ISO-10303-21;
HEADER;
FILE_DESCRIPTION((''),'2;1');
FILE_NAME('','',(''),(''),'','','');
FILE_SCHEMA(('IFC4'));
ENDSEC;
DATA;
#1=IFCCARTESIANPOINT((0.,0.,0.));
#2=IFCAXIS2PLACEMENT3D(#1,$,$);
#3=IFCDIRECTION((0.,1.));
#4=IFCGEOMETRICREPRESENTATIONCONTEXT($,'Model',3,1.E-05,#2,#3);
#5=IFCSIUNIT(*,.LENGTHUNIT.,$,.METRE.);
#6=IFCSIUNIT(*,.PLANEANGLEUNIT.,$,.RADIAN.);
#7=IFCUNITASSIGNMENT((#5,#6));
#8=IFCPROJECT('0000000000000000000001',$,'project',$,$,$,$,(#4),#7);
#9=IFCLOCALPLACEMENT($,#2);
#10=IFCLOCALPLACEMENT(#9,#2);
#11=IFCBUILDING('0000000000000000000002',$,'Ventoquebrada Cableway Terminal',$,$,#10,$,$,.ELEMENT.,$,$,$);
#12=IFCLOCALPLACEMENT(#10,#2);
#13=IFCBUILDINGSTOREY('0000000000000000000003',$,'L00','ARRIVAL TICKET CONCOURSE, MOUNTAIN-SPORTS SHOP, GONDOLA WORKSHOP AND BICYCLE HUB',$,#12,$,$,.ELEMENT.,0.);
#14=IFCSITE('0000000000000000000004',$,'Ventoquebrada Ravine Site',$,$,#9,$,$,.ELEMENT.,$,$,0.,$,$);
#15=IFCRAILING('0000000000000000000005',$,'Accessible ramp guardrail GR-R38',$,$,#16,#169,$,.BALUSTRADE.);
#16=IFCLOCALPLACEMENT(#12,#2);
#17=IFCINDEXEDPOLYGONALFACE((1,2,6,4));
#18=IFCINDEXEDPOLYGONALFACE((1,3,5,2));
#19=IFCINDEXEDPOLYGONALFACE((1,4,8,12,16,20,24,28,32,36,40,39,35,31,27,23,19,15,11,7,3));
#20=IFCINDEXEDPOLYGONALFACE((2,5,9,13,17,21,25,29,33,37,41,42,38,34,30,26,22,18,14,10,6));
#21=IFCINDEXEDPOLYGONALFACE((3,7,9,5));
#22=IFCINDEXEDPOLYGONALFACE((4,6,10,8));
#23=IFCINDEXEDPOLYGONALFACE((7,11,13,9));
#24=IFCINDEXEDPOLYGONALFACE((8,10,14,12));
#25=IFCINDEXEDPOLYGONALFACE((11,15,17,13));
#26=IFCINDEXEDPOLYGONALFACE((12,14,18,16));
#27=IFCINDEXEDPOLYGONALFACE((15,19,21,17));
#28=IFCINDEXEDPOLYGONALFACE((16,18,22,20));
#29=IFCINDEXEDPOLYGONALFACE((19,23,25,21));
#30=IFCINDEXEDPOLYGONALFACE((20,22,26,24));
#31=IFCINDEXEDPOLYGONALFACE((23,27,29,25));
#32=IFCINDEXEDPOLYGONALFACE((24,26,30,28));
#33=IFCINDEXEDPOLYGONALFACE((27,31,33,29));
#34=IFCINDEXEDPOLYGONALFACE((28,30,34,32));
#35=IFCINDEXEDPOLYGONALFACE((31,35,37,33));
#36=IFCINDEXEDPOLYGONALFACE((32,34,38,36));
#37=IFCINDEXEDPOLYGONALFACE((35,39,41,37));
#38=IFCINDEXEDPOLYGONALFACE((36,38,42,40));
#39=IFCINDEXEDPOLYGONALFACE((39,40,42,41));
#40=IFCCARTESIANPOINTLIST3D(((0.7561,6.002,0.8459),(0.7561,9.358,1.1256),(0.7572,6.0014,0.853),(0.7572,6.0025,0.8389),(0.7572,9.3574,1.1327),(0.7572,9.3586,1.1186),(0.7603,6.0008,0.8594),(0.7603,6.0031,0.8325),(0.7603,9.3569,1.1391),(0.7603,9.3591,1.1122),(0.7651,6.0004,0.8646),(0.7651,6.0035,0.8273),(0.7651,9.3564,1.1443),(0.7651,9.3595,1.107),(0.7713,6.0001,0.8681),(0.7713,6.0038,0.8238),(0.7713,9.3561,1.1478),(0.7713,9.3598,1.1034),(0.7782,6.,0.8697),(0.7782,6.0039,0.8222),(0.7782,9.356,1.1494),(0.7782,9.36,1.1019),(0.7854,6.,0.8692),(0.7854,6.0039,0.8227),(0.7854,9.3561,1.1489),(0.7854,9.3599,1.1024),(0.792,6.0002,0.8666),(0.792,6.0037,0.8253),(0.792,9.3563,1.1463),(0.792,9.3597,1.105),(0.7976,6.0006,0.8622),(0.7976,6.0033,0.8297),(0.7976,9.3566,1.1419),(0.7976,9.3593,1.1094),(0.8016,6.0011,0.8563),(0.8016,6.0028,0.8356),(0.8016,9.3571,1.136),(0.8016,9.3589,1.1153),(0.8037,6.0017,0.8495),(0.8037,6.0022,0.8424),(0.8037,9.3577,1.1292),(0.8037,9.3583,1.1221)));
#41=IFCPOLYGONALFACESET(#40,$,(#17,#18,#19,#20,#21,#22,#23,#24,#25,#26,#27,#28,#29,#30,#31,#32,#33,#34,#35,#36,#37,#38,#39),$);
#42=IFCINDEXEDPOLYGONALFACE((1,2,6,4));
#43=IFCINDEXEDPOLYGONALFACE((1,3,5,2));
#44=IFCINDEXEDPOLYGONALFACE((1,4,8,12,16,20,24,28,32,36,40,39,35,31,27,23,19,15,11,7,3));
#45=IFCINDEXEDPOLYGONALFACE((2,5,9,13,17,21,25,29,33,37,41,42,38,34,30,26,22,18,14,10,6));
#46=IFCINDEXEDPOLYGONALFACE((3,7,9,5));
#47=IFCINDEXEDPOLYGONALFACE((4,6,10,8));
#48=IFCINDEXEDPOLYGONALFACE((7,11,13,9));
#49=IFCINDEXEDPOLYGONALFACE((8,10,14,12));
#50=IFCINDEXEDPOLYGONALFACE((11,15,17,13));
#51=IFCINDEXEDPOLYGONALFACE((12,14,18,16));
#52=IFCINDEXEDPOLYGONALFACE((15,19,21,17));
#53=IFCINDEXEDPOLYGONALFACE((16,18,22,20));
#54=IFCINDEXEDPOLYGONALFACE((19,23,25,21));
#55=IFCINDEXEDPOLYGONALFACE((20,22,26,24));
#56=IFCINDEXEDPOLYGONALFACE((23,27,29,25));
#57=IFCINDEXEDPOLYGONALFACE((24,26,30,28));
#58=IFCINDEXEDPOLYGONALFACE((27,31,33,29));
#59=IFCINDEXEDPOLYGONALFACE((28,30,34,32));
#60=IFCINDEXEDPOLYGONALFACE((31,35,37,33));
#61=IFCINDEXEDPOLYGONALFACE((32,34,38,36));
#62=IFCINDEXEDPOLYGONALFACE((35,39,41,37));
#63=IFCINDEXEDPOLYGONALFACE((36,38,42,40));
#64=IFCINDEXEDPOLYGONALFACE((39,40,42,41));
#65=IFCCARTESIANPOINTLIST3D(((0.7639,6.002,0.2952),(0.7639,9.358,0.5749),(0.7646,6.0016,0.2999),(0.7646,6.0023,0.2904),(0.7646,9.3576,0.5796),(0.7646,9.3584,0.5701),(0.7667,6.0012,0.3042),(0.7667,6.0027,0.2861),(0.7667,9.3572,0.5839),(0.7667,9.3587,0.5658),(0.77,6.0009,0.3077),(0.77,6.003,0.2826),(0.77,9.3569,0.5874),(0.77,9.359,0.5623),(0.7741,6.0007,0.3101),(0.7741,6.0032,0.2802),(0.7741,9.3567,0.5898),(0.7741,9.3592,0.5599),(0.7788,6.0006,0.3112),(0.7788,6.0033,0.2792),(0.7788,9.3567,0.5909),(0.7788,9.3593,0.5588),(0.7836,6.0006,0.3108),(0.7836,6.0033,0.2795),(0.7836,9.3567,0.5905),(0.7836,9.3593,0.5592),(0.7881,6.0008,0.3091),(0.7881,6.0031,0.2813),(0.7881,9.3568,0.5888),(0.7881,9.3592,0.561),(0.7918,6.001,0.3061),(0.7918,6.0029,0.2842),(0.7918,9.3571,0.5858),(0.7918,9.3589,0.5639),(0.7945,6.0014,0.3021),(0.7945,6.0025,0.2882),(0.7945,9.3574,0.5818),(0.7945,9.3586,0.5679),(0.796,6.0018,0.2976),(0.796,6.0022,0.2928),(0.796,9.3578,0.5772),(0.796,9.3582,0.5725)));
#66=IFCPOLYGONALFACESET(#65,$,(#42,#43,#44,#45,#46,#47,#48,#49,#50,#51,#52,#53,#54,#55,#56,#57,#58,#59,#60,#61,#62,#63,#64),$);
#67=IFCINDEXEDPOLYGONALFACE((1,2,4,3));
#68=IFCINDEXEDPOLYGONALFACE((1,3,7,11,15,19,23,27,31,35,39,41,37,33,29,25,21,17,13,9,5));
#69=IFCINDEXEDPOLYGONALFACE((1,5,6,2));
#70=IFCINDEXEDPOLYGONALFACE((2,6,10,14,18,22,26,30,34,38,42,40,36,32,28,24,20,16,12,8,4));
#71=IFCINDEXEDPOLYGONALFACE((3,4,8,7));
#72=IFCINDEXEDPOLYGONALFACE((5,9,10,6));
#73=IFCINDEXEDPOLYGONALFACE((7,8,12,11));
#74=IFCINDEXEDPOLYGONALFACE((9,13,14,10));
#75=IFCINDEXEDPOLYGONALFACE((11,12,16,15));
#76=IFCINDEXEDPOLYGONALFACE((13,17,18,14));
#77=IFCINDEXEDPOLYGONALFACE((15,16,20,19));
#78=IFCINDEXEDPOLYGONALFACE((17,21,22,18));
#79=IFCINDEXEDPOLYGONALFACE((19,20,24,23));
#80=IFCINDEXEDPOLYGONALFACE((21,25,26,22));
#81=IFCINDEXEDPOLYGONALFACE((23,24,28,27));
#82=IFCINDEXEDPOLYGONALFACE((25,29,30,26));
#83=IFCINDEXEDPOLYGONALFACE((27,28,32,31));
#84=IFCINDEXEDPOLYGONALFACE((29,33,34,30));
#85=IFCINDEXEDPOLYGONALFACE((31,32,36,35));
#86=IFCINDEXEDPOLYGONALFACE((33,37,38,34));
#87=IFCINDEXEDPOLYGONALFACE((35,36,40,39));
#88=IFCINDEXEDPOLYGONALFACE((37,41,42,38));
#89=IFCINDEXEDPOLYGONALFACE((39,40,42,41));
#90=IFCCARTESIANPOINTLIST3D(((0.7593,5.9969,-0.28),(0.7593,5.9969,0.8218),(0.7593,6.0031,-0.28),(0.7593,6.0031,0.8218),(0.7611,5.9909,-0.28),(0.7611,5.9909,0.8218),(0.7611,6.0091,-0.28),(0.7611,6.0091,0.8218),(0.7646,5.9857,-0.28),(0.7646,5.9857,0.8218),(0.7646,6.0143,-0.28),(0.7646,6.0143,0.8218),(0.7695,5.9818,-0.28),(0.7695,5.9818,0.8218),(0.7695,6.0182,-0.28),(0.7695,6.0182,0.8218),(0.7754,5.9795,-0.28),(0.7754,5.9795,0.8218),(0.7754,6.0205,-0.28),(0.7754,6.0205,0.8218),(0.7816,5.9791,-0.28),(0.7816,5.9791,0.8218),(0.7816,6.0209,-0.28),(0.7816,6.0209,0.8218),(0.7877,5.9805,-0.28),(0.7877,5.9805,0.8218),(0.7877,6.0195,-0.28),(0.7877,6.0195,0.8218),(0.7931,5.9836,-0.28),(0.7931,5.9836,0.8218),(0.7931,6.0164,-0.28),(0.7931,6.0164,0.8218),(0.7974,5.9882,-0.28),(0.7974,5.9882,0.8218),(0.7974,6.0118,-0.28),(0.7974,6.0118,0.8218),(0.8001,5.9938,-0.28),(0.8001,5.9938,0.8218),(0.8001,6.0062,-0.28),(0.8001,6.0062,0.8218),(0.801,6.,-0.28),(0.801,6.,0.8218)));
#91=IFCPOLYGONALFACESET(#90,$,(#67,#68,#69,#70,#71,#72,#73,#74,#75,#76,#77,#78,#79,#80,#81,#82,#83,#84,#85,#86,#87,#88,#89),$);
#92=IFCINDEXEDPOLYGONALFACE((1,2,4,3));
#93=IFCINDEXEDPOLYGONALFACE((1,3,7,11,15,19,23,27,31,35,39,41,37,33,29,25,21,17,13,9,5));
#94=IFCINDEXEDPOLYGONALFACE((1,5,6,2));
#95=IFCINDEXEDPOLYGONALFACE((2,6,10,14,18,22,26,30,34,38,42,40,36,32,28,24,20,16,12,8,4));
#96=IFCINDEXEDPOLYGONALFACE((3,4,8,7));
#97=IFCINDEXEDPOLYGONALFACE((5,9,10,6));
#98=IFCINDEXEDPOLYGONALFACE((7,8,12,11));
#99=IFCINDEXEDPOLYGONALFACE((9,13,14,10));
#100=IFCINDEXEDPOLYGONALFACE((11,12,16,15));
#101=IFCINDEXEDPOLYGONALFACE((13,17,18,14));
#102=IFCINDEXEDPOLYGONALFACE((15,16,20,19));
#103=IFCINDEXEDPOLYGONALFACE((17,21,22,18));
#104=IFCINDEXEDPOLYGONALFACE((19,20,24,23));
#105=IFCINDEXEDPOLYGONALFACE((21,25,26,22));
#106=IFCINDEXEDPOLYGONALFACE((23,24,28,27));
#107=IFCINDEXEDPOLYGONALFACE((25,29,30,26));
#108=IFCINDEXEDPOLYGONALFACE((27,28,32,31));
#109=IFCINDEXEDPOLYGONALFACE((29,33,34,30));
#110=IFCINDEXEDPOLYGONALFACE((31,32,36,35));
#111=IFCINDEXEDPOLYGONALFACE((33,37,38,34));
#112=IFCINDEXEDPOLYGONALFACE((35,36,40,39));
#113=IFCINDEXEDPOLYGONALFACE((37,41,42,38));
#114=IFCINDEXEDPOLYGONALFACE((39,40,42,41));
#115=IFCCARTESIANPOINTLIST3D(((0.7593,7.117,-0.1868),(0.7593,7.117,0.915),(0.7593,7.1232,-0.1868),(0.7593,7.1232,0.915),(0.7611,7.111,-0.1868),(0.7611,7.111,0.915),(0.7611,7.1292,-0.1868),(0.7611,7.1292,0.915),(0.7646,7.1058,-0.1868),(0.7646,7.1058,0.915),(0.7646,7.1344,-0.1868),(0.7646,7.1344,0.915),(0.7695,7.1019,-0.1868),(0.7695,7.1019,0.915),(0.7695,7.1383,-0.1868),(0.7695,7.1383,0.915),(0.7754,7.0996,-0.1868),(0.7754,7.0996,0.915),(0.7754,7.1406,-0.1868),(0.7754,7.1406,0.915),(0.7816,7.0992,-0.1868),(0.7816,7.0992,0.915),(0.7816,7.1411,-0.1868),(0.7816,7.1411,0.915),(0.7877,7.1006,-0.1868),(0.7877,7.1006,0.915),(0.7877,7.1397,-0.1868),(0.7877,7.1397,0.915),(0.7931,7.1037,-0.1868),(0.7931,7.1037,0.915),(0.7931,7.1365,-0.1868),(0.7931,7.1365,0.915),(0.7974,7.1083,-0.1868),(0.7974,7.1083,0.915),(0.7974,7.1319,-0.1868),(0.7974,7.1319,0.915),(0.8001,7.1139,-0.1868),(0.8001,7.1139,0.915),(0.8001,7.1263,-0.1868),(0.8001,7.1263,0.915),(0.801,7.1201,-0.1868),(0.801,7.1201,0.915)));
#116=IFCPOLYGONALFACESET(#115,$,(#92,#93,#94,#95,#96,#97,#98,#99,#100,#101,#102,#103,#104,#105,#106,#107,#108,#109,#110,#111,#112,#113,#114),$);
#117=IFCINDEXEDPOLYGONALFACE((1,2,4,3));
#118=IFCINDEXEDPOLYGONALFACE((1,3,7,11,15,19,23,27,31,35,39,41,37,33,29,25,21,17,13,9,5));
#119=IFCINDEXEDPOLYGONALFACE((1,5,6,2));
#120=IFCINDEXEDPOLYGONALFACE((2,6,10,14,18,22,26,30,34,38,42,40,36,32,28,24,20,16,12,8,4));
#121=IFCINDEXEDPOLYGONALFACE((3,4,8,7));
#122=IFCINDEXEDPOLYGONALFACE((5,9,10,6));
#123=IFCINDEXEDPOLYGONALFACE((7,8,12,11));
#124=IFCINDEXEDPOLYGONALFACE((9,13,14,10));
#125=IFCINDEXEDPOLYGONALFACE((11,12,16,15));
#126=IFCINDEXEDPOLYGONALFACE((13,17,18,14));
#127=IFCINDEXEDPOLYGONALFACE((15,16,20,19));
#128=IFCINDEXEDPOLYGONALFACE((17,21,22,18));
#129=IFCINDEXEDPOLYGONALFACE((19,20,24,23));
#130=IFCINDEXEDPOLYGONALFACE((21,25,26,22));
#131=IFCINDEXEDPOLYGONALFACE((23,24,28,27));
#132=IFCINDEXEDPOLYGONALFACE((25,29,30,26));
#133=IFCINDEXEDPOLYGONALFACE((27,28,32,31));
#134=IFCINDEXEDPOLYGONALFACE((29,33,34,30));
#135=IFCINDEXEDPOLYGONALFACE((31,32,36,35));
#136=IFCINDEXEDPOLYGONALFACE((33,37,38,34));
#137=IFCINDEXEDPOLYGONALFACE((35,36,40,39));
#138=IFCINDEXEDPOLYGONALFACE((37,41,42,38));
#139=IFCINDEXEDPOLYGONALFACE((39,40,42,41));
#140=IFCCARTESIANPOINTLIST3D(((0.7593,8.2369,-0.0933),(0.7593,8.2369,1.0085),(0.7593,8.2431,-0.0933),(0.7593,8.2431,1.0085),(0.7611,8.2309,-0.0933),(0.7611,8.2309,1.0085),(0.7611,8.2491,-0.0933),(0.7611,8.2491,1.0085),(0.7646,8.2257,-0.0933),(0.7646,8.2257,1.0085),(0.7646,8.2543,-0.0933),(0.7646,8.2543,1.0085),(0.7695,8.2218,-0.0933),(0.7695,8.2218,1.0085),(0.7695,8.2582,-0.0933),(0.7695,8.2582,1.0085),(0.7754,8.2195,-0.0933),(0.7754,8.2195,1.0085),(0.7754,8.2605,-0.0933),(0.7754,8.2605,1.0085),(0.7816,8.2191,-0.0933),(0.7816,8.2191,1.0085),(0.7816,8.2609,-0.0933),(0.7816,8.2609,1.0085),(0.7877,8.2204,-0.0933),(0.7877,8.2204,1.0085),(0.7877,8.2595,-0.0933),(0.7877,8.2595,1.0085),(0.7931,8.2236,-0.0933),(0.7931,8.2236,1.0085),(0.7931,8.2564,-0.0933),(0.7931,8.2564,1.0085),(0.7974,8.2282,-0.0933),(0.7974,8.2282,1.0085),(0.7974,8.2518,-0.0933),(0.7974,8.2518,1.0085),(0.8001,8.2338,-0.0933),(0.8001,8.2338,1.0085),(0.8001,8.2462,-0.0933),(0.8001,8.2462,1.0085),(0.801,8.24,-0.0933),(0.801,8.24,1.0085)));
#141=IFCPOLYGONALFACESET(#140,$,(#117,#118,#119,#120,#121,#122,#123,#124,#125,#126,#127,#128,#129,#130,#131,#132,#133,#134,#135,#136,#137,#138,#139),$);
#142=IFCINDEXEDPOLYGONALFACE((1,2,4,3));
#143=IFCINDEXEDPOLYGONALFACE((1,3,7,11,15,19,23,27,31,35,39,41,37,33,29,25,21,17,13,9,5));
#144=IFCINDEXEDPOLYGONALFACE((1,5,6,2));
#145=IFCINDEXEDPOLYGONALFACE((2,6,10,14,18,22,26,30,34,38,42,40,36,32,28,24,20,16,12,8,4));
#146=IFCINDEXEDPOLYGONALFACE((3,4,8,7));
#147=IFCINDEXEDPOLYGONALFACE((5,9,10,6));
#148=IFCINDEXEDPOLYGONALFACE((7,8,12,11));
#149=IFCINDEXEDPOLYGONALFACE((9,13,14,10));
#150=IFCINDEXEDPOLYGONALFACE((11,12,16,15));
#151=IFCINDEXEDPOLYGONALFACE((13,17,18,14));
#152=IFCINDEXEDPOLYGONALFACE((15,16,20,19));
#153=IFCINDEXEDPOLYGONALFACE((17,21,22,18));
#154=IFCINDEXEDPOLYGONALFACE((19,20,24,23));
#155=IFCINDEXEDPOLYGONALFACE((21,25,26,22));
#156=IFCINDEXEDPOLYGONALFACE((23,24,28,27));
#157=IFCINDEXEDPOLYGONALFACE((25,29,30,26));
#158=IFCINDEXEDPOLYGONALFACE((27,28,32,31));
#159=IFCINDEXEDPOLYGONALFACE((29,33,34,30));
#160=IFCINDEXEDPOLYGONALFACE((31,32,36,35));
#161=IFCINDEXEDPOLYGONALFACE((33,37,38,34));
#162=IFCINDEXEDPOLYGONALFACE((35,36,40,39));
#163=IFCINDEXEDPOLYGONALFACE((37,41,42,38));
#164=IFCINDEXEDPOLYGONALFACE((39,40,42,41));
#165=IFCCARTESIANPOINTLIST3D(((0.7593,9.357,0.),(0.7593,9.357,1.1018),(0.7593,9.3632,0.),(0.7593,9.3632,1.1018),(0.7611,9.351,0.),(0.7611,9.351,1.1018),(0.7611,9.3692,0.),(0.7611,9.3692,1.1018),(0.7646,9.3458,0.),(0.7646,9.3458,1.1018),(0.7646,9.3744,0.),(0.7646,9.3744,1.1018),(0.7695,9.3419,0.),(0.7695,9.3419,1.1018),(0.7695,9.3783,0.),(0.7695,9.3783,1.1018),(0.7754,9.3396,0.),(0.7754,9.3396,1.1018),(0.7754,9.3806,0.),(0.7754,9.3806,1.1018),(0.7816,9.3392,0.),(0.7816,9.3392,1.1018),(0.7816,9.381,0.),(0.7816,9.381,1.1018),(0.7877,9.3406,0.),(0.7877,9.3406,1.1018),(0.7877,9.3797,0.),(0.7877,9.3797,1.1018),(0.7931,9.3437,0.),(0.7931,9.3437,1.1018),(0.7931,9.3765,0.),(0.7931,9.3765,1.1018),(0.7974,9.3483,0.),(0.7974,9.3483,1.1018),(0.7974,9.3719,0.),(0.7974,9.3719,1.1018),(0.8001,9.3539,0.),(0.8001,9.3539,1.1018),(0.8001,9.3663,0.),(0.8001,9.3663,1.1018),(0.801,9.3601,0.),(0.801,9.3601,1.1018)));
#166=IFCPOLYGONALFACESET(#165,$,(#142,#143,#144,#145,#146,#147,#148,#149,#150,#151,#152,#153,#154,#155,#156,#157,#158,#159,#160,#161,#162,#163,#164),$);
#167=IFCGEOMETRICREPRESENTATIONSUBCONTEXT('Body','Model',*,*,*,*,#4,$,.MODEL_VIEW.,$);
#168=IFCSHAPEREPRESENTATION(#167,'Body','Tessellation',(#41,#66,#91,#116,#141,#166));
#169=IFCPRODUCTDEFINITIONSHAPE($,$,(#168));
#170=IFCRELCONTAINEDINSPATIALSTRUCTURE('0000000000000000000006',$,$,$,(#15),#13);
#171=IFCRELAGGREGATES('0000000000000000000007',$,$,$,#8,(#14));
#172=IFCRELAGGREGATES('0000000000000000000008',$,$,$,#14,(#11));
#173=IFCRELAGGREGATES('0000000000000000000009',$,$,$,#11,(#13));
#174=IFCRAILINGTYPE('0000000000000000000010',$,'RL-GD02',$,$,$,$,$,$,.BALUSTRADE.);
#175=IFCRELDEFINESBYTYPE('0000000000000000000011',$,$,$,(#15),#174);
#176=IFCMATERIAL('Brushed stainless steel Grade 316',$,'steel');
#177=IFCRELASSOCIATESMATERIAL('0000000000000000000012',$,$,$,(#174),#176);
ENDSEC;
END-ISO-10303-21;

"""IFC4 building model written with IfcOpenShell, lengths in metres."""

from ifc_helpers import new_model, si_unit, direction, frame, origin, origin_2d, place, context, subcontext, project, spatial, circle, extrude, material, type_object, element, save


model = new_model("IFC4")

# Units and contexts
model_context = context("Model", 3, precision=1e-05, world=origin(), true_north=direction((0.0, 1.0)))
body_context = subcontext(model_context, "Body", "Model", "MODEL_VIEW")
ifc_project = project(units=[si_unit("LENGTHUNIT", "METRE"), si_unit("PLANEANGLEUNIT", "RADIAN")], contexts=[model_context])

# Site, building, storey
site_placement = place(None, origin())
site = spatial("IfcSite", under=ifc_project, at=site_placement, Name="Ventoquebrada Ravine Site", CompositionType="ELEMENT", RefElevation=0.0)
building_placement = place(site_placement, origin())
building = spatial("IfcBuilding", under=site, at=building_placement, Name="Ventoquebrada Cableway Terminal", CompositionType="ELEMENT")
storey_placement = place(building_placement, origin())
storey = spatial("IfcBuildingStorey", under=building, at=storey_placement, Name="L00", Description="ARRIVAL TICKET CONCOURSE, MOUNTAIN-SPORTS SHOP, GONDOLA WORKSHOP AND BICYCLE HUB", CompositionType="ELEMENT", Elevation=0.0)

# Railing
ifc_material_1 = material(Name="Brushed stainless steel Grade 316", Category="steel")
railing_type = type_object("IfcRailingType", Name="RL-GD02", PredefinedType="BALUSTRADE", material=ifc_material_1)
for number, where, name in (
    (1, (0.78, 6.0, -0.28), "Accessible ramp guardrail GR-R38"),
):
    element("IfcRailing", number, at=place(storey_placement, frame(where)), inside=storey, type_object=railing_type, Name=name, PredefinedType="BALUSTRADE", context=body_context, shape_type="SweptSolid", body=[
        extrude(circle(Radius=0.0239, at=origin_2d()), frame((0.0, 0.002, 1.126), z_axis=(0.0, 0.996545, 0.083051), x_axis=(-1.0, 0.0, 0.0)), (0.0, 0.0, 1.0), 3.3677),
        extrude(circle(Radius=0.0161, at=origin_2d()), frame((0.0, 0.002, 0.5752), z_axis=(0.0, 0.996545, 0.083051), x_axis=(-1.0, 0.0, 0.0)), (0.0, 0.0, 1.0), 3.3677),
        extrude(circle(Radius=0.021, at=origin_2d()), origin(), (0.0, 0.0, 1.0), 1.1018),
        extrude(circle(Radius=0.021, at=origin_2d()), frame((0.0, 1.1201, 0.0933)), (0.0, 0.0, 1.0), 1.1018),
        extrude(circle(Radius=0.021, at=origin_2d()), frame((0.0, 2.24, 0.1868)), (0.0, 0.0, 1.0), 1.1018),
        extrude(circle(Radius=0.021, at=origin_2d()), frame((0.0, 3.3601, 0.28)), (0.0, 0.0, 1.0), 1.1018),
    ])

save(model, "model.ifc")
